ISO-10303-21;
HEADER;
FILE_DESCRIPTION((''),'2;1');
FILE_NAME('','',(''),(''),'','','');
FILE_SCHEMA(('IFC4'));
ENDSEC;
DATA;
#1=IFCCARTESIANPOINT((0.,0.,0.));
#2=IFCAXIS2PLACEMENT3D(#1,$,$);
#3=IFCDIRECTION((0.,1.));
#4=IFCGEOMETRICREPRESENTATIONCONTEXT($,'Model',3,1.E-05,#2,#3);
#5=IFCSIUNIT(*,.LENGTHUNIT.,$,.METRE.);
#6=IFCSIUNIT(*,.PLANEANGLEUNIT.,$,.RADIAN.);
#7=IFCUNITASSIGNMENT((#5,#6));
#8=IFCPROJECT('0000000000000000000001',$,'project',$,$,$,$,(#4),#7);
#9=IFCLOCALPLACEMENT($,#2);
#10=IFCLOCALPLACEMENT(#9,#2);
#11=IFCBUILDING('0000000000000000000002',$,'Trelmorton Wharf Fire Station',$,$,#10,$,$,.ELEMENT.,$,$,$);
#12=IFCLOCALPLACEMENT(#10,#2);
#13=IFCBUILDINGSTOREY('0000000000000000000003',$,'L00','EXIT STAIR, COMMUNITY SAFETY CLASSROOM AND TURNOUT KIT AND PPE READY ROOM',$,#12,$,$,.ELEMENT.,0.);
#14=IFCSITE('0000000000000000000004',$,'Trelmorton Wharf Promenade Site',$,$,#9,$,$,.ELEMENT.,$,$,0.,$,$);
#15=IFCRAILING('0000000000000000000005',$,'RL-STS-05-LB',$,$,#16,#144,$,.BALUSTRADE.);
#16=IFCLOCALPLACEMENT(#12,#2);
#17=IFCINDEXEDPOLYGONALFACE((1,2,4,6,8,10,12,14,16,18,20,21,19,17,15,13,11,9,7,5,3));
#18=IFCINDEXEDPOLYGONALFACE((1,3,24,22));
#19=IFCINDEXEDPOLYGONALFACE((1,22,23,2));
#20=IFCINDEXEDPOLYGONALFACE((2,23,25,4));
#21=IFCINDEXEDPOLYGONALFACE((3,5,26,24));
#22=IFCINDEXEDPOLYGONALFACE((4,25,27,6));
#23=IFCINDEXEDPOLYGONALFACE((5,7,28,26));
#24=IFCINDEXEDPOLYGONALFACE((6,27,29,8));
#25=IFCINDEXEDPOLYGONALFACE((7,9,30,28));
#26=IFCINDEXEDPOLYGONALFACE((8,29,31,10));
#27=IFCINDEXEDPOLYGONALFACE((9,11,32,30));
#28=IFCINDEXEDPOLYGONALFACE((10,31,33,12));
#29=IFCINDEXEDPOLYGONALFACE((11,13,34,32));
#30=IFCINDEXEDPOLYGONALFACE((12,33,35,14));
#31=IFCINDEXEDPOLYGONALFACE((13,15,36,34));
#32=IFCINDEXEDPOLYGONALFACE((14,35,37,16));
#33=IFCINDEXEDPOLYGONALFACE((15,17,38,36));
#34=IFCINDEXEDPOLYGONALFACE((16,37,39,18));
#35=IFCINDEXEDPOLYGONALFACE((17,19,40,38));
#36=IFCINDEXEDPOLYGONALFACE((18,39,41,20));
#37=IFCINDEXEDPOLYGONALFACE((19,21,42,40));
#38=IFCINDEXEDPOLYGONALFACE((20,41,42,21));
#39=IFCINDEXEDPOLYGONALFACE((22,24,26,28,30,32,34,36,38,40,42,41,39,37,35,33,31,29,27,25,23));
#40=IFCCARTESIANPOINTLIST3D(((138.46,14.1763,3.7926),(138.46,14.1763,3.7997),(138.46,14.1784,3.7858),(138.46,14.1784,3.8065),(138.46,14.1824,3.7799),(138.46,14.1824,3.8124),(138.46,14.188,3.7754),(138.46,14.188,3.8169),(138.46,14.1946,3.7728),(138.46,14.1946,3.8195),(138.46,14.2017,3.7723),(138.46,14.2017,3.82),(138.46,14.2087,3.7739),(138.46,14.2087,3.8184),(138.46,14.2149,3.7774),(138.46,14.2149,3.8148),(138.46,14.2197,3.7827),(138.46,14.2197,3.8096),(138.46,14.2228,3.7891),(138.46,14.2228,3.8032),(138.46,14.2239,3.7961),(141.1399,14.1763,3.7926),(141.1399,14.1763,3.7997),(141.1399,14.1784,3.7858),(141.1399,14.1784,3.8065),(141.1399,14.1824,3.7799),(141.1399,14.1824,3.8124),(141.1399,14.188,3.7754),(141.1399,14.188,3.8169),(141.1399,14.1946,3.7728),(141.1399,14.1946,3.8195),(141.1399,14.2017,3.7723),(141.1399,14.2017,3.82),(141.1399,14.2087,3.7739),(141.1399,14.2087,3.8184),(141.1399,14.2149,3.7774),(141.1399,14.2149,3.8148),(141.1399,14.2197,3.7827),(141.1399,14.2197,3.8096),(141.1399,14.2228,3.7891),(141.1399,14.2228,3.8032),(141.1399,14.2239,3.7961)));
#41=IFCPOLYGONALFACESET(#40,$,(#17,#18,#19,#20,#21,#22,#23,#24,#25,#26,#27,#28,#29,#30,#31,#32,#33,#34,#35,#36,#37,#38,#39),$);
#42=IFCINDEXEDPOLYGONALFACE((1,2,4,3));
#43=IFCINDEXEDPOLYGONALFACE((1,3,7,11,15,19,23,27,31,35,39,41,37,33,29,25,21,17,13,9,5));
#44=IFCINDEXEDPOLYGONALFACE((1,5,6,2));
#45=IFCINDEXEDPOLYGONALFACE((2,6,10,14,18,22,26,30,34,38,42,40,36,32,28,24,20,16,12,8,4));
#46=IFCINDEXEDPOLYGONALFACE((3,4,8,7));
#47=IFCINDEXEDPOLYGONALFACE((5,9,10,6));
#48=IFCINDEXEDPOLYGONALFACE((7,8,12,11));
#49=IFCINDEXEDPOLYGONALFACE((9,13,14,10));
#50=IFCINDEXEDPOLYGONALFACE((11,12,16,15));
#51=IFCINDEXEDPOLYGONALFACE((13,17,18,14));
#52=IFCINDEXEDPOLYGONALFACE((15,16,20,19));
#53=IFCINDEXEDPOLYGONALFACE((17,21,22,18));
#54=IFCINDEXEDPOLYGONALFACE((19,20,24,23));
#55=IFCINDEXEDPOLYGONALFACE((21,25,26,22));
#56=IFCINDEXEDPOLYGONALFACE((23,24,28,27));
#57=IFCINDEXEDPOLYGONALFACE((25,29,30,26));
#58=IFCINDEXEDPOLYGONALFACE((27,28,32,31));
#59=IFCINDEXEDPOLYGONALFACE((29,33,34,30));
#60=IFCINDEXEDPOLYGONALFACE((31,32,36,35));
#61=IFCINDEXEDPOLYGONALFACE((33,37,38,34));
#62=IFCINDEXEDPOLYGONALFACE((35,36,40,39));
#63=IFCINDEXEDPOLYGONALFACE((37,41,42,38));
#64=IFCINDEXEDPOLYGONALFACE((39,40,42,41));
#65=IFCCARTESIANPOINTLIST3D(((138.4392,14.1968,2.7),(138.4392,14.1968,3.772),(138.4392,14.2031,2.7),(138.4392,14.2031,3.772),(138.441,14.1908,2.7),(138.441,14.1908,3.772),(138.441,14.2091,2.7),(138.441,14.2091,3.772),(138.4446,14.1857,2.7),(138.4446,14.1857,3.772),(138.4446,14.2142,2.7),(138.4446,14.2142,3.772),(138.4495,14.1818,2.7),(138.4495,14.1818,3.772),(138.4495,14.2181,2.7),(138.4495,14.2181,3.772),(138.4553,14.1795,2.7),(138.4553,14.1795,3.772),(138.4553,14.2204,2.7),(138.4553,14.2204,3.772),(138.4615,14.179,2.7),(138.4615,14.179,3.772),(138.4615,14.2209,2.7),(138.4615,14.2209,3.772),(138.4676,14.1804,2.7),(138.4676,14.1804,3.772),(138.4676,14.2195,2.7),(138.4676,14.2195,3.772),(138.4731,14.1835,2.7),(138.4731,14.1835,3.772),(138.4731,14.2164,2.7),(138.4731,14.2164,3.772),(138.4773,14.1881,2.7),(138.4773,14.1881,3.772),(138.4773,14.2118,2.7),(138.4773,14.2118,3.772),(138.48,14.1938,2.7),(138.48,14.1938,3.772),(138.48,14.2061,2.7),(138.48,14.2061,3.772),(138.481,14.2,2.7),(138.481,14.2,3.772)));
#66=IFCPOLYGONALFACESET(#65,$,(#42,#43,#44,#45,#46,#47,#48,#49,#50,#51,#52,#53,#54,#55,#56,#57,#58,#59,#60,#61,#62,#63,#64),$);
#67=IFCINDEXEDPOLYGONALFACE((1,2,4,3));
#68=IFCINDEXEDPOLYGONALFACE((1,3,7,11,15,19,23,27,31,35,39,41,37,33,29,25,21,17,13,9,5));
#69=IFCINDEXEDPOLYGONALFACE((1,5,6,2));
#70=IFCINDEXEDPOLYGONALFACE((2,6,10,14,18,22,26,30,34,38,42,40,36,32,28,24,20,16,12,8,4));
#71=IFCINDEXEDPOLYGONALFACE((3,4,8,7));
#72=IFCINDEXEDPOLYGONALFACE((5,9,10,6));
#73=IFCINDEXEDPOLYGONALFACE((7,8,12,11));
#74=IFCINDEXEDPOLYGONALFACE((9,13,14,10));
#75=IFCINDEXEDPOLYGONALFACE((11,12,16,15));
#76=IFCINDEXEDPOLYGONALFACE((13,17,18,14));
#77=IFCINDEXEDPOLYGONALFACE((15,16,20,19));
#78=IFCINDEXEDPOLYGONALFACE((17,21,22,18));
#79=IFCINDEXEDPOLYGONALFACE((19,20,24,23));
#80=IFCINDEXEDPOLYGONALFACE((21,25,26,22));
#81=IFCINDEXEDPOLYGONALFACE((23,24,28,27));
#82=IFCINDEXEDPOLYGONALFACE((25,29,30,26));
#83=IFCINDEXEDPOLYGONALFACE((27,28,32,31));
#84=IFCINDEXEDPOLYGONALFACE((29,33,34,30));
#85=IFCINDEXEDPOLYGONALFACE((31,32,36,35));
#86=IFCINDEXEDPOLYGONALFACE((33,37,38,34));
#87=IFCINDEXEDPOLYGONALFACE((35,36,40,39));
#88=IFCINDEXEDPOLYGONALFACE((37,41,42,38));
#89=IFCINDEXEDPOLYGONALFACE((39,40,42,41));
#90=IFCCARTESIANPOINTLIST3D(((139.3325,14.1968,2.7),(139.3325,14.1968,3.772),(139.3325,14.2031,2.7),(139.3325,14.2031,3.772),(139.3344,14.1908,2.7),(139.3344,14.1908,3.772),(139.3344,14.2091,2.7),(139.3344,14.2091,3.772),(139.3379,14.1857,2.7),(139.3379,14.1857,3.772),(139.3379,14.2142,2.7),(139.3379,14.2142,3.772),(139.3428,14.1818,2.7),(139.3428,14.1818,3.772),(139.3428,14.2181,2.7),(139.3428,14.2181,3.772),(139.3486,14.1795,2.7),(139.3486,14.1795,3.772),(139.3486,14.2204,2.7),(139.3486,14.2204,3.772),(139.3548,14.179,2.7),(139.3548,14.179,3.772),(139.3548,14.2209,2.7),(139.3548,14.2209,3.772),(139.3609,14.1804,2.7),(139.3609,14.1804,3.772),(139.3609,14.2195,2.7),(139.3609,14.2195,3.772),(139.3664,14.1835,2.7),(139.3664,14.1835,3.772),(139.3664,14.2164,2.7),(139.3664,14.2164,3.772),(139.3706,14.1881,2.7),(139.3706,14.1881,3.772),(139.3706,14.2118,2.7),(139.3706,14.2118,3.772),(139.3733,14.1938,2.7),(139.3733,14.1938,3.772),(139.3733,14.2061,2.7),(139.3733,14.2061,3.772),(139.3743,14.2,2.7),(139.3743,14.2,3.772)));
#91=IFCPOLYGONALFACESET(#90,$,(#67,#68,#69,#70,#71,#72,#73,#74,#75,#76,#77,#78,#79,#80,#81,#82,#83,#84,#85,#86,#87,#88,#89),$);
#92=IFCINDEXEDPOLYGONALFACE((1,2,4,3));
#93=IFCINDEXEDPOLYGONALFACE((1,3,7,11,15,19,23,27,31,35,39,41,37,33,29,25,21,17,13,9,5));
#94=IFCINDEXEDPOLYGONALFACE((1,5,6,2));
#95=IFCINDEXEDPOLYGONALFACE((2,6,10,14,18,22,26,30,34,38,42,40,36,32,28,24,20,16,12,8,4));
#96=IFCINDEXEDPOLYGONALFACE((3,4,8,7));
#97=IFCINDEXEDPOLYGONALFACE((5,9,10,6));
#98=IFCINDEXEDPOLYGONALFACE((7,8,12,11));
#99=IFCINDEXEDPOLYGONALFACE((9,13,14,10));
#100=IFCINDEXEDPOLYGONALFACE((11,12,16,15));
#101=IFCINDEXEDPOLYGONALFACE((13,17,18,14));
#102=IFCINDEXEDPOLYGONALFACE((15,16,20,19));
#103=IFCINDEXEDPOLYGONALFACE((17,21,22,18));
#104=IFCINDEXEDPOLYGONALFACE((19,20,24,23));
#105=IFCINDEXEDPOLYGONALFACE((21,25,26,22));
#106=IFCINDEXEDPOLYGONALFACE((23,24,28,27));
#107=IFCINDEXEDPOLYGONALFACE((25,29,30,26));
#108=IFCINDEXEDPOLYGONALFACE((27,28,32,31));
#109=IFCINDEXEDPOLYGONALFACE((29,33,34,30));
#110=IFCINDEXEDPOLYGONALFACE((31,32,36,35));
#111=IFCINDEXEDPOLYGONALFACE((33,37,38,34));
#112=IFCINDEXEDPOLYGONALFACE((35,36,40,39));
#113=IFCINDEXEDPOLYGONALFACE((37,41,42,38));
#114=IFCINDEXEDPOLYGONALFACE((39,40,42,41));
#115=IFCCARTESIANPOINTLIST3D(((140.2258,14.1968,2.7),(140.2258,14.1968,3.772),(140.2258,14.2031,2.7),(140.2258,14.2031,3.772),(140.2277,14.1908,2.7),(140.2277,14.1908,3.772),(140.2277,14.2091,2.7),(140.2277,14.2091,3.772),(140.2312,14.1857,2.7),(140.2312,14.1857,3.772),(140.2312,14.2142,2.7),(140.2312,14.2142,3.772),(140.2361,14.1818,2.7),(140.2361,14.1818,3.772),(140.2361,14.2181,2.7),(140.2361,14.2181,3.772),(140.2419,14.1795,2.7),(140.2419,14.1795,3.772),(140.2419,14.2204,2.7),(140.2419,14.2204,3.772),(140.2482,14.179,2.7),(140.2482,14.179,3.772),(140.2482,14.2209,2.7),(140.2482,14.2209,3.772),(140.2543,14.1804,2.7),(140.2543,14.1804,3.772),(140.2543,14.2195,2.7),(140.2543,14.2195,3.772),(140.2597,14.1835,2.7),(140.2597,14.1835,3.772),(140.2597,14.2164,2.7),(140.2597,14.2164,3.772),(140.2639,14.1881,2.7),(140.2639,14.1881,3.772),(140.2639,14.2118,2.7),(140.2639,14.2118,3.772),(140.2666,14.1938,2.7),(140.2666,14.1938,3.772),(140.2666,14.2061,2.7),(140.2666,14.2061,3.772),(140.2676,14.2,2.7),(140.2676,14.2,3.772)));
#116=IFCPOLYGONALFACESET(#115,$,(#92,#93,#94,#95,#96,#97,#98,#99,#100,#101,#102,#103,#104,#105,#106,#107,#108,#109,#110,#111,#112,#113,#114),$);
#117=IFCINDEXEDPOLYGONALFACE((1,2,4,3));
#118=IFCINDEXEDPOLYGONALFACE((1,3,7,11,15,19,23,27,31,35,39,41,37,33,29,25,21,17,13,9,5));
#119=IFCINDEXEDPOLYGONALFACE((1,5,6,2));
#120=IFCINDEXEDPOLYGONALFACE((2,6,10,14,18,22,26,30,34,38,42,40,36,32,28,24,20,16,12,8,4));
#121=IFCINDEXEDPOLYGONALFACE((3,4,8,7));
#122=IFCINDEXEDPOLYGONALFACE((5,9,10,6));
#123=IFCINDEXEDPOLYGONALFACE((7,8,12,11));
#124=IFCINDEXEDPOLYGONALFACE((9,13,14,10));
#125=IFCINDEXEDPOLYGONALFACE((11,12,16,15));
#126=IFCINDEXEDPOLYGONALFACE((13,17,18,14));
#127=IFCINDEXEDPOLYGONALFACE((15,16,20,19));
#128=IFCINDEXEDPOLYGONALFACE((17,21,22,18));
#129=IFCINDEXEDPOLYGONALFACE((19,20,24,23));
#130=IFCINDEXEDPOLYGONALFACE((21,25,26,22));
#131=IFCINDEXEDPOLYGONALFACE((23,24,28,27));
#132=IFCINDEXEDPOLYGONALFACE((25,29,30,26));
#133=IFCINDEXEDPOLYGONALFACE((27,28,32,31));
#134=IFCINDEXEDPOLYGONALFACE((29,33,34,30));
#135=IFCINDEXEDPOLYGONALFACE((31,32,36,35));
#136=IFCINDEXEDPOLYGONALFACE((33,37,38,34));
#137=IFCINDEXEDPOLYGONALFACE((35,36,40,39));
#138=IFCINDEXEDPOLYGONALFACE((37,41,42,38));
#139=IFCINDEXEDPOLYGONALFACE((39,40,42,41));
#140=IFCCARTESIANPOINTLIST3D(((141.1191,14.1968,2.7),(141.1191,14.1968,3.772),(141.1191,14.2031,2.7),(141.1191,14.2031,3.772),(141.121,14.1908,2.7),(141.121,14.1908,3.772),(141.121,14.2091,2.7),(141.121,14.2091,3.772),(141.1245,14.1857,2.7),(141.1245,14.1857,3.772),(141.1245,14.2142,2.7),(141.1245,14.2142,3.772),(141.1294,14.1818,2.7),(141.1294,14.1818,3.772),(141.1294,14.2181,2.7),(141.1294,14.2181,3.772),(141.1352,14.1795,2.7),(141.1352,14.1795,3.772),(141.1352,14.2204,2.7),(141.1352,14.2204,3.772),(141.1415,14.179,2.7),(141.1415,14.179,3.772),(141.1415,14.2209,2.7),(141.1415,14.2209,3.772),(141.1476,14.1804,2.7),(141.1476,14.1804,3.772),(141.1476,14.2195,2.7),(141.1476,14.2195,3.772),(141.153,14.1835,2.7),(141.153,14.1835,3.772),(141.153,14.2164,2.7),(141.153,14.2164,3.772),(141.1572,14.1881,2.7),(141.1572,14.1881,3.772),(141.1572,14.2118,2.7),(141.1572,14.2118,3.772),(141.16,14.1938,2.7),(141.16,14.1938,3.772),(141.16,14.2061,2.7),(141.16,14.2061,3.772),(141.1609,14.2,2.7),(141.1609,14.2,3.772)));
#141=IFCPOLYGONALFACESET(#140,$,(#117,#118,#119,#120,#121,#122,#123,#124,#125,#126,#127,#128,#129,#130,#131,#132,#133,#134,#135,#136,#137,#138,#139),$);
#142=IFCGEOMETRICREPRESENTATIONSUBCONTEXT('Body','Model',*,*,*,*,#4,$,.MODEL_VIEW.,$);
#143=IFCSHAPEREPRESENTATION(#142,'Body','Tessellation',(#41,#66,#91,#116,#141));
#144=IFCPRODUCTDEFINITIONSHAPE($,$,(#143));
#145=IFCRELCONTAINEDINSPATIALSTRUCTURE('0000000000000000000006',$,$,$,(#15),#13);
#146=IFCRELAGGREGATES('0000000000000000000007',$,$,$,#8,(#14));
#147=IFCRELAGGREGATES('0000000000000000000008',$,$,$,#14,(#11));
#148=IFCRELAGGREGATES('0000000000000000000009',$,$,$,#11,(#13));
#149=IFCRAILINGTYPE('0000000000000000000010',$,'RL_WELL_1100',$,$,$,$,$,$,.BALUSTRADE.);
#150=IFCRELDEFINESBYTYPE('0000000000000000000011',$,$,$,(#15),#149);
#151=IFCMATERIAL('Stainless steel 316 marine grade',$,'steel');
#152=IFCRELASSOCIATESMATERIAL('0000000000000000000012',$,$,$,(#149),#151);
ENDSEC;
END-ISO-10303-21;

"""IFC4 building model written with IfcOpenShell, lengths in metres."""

from ifc_helpers import new_model, si_unit, direction, frame, origin, origin_2d, place, context, subcontext, project, spatial, circle, extrude, material, type_object, element, save


model = new_model("IFC4")

# Units and contexts
model_context = context("Model", 3, precision=1e-05, world=origin(), true_north=direction((0.0, 1.0)))
body_context = subcontext(model_context, "Body", "Model", "MODEL_VIEW")
ifc_project = project(units=[si_unit("LENGTHUNIT", "METRE"), si_unit("PLANEANGLEUNIT", "RADIAN")], contexts=[model_context])

# Site, building, storey
site_placement = place(None, origin())
site = spatial("IfcSite", under=ifc_project, at=site_placement, Name="Trelmorton Wharf Promenade Site", CompositionType="ELEMENT", RefElevation=0.0)
building_placement = place(site_placement, origin())
building = spatial("IfcBuilding", under=site, at=building_placement, Name="Trelmorton Wharf Fire Station", CompositionType="ELEMENT")
storey_placement = place(building_placement, origin())
storey = spatial("IfcBuildingStorey", under=building, at=storey_placement, Name="L00", Description="EXIT STAIR, COMMUNITY SAFETY CLASSROOM AND TURNOUT KIT AND PPE READY ROOM", CompositionType="ELEMENT", Elevation=0.0)

# Railing
ifc_material_1 = material(Name="Stainless steel 316 marine grade", Category="steel")
railing_type = type_object("IfcRailingType", Name="RL_WELL_1100", PredefinedType="BALUSTRADE", material=ifc_material_1)
railing_1_placement = place(storey_placement, frame((138.46, 14.2, 2.7)))
element("IfcRailing", 1, at=railing_1_placement, inside=storey, type_object=railing_type, Name="RL-STS-05-LB", PredefinedType="BALUSTRADE", context=body_context, shape_type="SweptSolid", body=[
    extrude(circle(Radius=0.0239, at=origin_2d()), frame((0.0, 0.0, 1.0962), z_axis=(1.0, 0.0, 0.0), x_axis=(0.0, 1.0, 0.0)), (0.0, 0.0, 1.0), 2.6799),
    extrude(circle(Radius=0.021, at=origin_2d()), origin(), (0.0, 0.0, 1.0), 1.072),
    extrude(circle(Radius=0.021, at=origin_2d()), frame((0.8933, 0.0, 0.0)), (0.0, 0.0, 1.0), 1.072),
    extrude(circle(Radius=0.021, at=origin_2d()), frame((1.7866, 0.0, 0.0)), (0.0, 0.0, 1.0), 1.072),
    extrude(circle(Radius=0.021, at=origin_2d()), frame((2.6799, 0.0, 0.0)), (0.0, 0.0, 1.0), 1.072),
])

save(model, "model.ifc")
